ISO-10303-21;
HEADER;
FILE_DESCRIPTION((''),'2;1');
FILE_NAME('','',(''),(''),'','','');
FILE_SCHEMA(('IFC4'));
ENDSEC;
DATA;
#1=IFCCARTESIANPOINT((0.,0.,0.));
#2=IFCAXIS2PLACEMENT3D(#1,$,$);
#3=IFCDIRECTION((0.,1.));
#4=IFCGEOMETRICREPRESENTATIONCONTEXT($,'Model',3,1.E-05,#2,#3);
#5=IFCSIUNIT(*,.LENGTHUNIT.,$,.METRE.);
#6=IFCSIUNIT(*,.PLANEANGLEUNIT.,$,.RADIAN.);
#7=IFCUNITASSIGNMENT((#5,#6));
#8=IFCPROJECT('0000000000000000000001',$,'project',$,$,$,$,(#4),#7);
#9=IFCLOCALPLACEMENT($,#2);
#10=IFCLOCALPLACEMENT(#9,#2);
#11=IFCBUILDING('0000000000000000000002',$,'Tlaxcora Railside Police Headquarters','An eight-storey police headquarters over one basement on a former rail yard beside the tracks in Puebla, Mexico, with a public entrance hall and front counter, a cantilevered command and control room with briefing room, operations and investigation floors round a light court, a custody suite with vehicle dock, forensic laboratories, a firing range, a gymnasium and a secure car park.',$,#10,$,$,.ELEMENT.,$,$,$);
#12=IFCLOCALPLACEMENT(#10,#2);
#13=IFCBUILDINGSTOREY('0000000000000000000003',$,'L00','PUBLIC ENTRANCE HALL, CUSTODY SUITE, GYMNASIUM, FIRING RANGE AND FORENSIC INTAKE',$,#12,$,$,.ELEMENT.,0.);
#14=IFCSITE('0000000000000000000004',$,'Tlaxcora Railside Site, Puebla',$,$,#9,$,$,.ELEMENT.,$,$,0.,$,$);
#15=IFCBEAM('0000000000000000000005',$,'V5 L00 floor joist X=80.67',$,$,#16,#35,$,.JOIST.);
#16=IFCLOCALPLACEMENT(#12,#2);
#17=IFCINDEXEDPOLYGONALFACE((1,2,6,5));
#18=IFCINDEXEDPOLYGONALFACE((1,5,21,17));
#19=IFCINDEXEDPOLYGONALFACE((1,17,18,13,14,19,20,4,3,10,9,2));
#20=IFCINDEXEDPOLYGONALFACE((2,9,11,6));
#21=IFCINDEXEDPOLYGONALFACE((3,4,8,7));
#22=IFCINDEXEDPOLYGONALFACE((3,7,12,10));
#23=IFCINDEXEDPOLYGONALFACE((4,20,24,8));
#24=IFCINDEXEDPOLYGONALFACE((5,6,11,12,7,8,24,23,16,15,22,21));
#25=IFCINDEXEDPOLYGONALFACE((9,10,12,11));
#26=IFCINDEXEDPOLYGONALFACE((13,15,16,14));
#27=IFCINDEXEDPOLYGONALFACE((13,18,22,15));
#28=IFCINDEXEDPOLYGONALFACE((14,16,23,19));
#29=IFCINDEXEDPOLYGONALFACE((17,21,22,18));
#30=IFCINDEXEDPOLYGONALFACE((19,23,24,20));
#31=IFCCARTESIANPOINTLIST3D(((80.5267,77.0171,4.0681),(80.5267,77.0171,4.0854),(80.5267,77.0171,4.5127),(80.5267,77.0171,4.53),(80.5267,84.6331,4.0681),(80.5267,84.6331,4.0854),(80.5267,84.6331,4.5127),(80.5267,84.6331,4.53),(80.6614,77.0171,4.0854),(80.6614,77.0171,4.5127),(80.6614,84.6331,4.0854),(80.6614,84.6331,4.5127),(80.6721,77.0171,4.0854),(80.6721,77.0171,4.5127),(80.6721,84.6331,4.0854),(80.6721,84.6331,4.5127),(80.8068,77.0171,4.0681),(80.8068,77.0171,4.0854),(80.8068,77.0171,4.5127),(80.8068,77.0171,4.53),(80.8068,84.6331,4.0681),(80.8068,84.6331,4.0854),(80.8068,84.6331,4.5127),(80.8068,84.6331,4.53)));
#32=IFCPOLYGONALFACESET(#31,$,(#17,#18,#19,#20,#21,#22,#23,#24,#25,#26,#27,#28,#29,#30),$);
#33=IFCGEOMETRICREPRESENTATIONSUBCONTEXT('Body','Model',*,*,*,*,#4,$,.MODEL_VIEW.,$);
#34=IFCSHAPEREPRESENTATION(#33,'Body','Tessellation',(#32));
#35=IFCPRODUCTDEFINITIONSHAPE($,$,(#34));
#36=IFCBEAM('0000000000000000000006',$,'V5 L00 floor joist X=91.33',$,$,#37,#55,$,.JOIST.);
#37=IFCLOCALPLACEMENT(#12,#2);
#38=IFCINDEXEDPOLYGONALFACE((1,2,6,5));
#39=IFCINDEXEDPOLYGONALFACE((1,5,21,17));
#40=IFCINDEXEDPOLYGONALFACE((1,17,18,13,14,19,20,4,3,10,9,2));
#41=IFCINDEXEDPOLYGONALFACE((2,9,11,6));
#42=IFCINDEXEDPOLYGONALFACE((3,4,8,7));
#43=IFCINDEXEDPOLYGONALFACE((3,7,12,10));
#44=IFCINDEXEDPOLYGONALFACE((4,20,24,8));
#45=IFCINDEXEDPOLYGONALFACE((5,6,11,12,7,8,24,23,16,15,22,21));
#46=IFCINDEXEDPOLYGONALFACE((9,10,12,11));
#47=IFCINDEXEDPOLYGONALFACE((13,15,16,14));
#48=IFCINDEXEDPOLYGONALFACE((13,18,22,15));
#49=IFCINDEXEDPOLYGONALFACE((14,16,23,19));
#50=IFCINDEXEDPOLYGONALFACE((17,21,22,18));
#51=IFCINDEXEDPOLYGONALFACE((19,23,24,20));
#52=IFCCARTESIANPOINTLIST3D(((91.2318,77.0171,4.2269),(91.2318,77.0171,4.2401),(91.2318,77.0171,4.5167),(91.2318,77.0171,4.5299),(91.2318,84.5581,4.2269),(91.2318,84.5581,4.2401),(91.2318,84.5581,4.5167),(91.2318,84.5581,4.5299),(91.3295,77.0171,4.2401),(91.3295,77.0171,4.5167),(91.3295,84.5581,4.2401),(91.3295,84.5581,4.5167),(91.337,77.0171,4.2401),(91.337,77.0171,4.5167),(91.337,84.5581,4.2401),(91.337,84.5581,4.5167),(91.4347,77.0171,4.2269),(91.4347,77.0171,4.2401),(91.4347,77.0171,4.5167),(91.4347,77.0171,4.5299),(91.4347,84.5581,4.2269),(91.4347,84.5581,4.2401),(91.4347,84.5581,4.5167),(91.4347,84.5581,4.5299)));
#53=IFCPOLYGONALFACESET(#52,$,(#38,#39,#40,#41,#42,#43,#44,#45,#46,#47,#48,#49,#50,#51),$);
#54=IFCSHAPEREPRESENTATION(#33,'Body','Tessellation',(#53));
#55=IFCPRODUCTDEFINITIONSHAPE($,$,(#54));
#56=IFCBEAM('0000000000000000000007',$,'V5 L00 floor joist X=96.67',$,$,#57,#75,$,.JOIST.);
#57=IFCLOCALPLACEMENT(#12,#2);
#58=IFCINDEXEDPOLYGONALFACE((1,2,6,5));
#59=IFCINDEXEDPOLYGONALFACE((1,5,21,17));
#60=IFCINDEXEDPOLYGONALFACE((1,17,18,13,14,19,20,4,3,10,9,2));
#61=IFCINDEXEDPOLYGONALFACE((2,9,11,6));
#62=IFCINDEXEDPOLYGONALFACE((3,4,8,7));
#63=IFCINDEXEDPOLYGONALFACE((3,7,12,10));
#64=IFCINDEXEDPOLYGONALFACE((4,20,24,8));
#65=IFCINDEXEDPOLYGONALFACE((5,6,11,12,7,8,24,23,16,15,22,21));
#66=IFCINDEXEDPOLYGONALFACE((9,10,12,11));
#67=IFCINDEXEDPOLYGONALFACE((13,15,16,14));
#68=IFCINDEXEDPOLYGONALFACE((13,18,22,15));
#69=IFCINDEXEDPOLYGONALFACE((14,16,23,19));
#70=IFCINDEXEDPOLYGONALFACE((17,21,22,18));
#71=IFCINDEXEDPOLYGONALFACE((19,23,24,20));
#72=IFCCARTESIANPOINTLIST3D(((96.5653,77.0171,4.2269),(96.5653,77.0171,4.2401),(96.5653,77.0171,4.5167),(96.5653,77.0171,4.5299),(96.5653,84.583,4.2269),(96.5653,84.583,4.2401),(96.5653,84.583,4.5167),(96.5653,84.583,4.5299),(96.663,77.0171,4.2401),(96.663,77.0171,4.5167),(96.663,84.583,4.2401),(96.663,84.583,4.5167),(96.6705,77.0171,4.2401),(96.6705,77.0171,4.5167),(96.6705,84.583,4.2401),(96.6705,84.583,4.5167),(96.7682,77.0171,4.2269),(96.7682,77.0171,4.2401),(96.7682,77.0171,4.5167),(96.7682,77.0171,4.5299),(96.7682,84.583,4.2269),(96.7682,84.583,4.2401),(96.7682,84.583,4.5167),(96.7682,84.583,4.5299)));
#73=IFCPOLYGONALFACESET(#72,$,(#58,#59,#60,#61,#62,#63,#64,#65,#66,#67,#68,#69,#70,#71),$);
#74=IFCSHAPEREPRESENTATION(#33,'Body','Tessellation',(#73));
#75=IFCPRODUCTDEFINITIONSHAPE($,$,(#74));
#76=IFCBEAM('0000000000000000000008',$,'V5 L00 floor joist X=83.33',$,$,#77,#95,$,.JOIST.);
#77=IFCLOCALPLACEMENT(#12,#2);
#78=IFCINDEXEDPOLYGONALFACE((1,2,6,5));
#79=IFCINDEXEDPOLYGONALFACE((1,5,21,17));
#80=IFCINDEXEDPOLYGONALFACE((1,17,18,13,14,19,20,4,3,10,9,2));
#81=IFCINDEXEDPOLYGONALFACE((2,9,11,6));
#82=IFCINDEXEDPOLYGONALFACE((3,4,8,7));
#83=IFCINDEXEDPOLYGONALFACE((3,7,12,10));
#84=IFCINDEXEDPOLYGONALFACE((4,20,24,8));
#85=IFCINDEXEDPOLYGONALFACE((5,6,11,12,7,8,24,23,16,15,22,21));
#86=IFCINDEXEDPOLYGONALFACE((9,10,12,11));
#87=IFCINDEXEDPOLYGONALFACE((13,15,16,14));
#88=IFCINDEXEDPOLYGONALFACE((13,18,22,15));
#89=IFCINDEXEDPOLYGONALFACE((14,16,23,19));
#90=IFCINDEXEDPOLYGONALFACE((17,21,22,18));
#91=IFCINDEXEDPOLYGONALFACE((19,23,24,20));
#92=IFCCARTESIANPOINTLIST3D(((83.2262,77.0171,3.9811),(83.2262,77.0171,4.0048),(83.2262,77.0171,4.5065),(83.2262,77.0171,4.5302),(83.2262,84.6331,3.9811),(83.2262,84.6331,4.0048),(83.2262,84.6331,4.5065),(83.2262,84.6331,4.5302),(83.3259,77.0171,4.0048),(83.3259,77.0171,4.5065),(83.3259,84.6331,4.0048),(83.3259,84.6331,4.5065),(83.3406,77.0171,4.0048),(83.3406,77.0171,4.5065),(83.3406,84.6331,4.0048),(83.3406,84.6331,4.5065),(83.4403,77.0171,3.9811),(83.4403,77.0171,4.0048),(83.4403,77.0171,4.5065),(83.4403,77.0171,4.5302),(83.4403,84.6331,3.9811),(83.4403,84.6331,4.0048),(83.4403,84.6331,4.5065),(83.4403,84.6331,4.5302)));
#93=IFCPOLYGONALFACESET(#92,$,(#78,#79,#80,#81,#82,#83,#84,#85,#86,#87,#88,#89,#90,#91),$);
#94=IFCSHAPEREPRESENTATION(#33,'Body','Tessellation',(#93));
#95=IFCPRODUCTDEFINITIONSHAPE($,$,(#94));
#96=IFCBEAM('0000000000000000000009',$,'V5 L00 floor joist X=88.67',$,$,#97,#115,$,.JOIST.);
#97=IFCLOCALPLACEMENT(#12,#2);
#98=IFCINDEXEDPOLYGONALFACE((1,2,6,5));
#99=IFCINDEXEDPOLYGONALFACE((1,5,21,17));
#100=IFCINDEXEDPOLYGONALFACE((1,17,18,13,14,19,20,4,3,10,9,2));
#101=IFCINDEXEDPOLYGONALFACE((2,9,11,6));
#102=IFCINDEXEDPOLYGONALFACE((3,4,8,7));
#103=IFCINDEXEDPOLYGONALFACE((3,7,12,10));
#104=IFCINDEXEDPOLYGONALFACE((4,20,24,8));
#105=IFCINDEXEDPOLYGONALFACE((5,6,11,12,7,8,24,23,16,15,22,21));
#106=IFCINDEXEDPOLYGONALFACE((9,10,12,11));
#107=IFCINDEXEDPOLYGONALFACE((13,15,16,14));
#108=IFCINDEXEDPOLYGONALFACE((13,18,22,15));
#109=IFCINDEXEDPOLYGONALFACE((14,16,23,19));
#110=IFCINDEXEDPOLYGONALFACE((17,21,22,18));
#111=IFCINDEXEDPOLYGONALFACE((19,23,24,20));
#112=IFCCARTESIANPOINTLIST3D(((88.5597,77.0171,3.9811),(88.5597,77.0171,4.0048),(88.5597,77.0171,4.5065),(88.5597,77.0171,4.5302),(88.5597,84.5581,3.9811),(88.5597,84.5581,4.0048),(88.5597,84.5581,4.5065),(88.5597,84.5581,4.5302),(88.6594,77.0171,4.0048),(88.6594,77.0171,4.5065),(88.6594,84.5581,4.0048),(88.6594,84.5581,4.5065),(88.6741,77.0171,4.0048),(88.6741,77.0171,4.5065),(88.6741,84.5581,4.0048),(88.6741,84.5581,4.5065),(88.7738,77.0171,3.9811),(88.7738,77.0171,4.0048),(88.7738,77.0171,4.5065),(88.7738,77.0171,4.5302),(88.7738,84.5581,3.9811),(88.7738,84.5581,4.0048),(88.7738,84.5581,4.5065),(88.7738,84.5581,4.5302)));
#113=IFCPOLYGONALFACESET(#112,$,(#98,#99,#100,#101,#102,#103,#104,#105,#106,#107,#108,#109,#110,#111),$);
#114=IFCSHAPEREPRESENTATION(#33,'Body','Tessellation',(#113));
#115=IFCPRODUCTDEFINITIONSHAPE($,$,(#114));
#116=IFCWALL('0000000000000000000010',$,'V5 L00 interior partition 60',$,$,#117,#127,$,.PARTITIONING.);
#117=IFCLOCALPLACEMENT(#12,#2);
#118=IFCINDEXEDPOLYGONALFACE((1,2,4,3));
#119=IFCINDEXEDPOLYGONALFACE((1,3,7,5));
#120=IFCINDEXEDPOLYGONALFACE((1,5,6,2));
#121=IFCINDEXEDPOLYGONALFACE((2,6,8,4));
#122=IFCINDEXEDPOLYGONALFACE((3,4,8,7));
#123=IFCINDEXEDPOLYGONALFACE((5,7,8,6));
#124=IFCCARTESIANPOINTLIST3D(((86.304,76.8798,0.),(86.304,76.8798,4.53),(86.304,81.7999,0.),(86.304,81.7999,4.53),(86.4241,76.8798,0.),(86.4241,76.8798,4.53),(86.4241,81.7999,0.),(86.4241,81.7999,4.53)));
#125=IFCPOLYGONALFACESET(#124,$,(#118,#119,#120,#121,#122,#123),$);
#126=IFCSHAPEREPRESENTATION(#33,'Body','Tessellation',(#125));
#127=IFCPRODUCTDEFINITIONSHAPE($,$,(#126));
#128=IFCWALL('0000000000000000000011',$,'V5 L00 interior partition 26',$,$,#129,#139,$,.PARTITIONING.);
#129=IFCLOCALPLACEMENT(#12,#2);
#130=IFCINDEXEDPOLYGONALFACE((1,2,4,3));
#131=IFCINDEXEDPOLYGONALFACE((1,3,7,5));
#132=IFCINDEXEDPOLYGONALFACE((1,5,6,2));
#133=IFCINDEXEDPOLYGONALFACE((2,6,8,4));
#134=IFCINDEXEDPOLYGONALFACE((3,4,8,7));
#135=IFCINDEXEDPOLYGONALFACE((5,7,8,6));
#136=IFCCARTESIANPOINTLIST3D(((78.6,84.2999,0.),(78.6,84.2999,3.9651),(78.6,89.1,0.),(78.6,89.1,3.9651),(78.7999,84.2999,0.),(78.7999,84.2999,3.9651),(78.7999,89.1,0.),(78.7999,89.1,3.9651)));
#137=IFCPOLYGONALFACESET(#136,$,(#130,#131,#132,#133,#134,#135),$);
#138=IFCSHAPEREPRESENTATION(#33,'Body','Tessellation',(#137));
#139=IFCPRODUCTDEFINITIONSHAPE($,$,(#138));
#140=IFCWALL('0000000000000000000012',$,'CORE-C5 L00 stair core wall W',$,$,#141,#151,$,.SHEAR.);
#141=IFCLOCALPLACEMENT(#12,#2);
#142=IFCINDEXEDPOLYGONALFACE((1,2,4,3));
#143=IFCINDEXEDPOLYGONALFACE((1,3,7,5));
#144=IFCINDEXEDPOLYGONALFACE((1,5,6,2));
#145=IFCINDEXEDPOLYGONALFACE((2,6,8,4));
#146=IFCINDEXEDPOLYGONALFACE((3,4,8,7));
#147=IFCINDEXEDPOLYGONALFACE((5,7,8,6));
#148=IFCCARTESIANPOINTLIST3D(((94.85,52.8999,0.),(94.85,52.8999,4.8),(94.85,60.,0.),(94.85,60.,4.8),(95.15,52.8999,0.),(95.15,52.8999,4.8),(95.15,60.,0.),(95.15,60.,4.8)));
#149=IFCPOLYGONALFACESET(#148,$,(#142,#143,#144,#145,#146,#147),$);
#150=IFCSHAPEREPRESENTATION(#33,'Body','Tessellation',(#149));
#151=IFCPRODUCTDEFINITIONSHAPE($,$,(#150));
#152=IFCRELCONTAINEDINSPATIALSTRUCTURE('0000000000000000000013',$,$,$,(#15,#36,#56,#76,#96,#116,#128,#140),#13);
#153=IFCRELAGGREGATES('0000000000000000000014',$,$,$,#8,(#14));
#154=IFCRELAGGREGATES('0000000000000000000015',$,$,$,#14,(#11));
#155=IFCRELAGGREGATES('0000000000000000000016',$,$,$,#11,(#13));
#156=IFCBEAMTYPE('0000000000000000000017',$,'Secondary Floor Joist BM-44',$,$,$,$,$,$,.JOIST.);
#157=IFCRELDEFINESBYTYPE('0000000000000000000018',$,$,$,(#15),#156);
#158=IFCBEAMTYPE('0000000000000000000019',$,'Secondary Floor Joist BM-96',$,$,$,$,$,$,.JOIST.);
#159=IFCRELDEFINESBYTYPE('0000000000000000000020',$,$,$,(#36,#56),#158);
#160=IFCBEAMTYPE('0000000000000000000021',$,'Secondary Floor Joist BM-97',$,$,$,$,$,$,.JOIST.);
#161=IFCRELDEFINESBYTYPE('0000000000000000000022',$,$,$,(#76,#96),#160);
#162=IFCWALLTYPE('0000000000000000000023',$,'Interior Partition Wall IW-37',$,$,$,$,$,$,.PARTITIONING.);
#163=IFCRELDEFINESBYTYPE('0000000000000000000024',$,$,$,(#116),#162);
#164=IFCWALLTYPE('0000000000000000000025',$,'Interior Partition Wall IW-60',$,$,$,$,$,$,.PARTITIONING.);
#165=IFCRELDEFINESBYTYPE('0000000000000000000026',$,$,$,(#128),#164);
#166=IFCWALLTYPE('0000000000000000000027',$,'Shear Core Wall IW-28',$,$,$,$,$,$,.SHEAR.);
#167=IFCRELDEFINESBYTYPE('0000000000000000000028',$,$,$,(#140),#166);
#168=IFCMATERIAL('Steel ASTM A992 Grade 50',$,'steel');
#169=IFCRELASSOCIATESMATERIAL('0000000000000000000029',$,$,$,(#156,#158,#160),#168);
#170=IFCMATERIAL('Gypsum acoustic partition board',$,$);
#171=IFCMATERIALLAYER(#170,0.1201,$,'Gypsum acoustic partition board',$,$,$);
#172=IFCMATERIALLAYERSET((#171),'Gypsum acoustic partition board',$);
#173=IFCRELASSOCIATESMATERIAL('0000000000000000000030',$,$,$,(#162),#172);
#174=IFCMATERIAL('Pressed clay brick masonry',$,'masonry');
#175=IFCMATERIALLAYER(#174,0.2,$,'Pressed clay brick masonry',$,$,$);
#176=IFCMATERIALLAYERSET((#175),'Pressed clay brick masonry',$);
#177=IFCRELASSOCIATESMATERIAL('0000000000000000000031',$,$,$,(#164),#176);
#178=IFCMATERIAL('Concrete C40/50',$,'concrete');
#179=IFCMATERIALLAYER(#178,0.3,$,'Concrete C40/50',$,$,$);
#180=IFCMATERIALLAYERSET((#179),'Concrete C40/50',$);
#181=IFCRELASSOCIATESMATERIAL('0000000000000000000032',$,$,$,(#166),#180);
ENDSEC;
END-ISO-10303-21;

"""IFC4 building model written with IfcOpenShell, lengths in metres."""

from ifc_helpers import new_model, si_unit, direction, frame, frame_2d, origin, origin_2d, place, context, subcontext, project, spatial, rectangle, i_section, extrude, material, layer, layer_set, material_profile, profile_set, type_object, element, save


model = new_model("IFC4")

# Units and contexts
model_context = context("Model", 3, precision=1e-05, world=origin(), true_north=direction((0.0, 1.0)))
body_context = subcontext(model_context, "Body", "Model", "MODEL_VIEW")
ifc_project = project(units=[si_unit("LENGTHUNIT", "METRE"), si_unit("PLANEANGLEUNIT", "RADIAN")], contexts=[model_context])

# Site, building, storey
site_placement = place(None, origin())
site = spatial("IfcSite", under=ifc_project, at=site_placement, Name="Tlaxcora Railside Site, Puebla", CompositionType="ELEMENT", RefElevation=0.0)
building_placement = place(site_placement, origin())
building = spatial("IfcBuilding", under=site, at=building_placement, Name="Tlaxcora Railside Police Headquarters", Description="An eight-storey police headquarters over one basement on a former rail yard beside the tracks in Puebla, Mexico, with a public entrance hall and front counter, a cantilevered command and control room with briefing room, operations and investigation floors round a light court, a custody suite with vehicle dock, forensic laboratories, a firing range, a gymnasium and a secure car park.", CompositionType="ELEMENT")
storey_placement = place(building_placement, origin())
storey = spatial("IfcBuildingStorey", under=building, at=storey_placement, Name="L00", Description="PUBLIC ENTRANCE HALL, CUSTODY SUITE, GYMNASIUM, FIRING RANGE AND FORENSIC INTAKE", CompositionType="ELEMENT", Elevation=0.0)

# Shared definitions
ifc_material_1 = material(Name="Concrete C40/50", Category="concrete")

# Beams
ifc_material_2 = material(Name="Steel ASTM A992 Grade 50", Category="steel")
ifc_material_profile_1 = material_profile(ifc_material_2, i_section(OverallWidth=0.28, OverallDepth=0.4619, WebThickness=0.0107, FlangeThickness=0.0173, at=origin_2d()), Name="W18X76")
ifc_profile_set_1 = profile_set([ifc_material_profile_1], Name="Steel ASTM A992 Grade 50")
beam_type_1 = type_object("IfcBeamType", Name="Secondary Floor Joist BM-44", PredefinedType="JOIST", material=ifc_profile_set_1)
beam_1_placement = place(storey_placement, frame((80.6667, 77.0171, 4.2991), z_axis=(0.0, 1.0, 0.0), x_axis=(-1.0, 0.0, 0.0)))
element("IfcBeam", 1, at=beam_1_placement, inside=storey, type_object=beam_type_1, Name="V5 L00 floor joist X=80.67", PredefinedType="JOIST", context=body_context, shape_type="SweptSolid", body=[
    extrude(i_section(OverallWidth=0.28, OverallDepth=0.4619, WebThickness=0.0107, FlangeThickness=0.0173, at=origin_2d()), origin(), (0.0, 0.0, 1.0), 7.616),
])
ifc_material_profile_2 = material_profile(ifc_material_2, i_section(OverallWidth=0.2029, OverallDepth=0.303, WebThickness=0.0076, FlangeThickness=0.0132, at=origin_2d()), Name="W12X40")
ifc_profile_set_2 = profile_set([ifc_material_profile_2], Name="Steel ASTM A992 Grade 50")
beam_type_2 = type_object("IfcBeamType", Name="Secondary Floor Joist BM-96", PredefinedType="JOIST", material=ifc_profile_set_2)
beam_2_placement = place(storey_placement, frame((91.3333, 77.0171, 4.3784), z_axis=(0.0, 1.0, 0.0), x_axis=(-1.0, 0.0, 0.0)))
element("IfcBeam", 2, at=beam_2_placement, inside=storey, type_object=beam_type_2, Name="V5 L00 floor joist X=91.33", PredefinedType="JOIST", context=body_context, shape_type="SweptSolid", body=[
    extrude(i_section(OverallWidth=0.2029, OverallDepth=0.303, WebThickness=0.0076, FlangeThickness=0.0132, at=origin_2d()), origin(), (0.0, 0.0, 1.0), 7.541),
])
beam_3_placement = place(storey_placement, frame((96.6667, 77.0171, 4.3784), z_axis=(0.0, 1.0, 0.0), x_axis=(-1.0, 0.0, 0.0)))
element("IfcBeam", 3, at=beam_3_placement, inside=storey, type_object=beam_type_2, Name="V5 L00 floor joist X=96.67", PredefinedType="JOIST", context=body_context, shape_type="SweptSolid", body=[
    extrude(i_section(OverallWidth=0.2029, OverallDepth=0.303, WebThickness=0.0076, FlangeThickness=0.0132, at=origin_2d()), origin(), (0.0, 0.0, 1.0), 7.5659),
])
ifc_material_profile_3 = material_profile(ifc_material_2, i_section(OverallWidth=0.2141, OverallDepth=0.5491, WebThickness=0.0146, FlangeThickness=0.0237, at=origin_2d()), Name="W21X93")
ifc_profile_set_3 = profile_set([ifc_material_profile_3], Name="Steel ASTM A992 Grade 50")
beam_type_3 = type_object("IfcBeamType", Name="Secondary Floor Joist BM-97", PredefinedType="JOIST", material=ifc_profile_set_3)
beam_4_placement = place(storey_placement, frame((83.3333, 77.0171, 4.2556), z_axis=(0.0, 1.0, 0.0), x_axis=(-1.0, 0.0, 0.0)))
element("IfcBeam", 4, at=beam_4_placement, inside=storey, type_object=beam_type_3, Name="V5 L00 floor joist X=83.33", PredefinedType="JOIST", context=body_context, shape_type="SweptSolid", body=[
    extrude(i_section(OverallWidth=0.2141, OverallDepth=0.5491, WebThickness=0.0146, FlangeThickness=0.0237, at=origin_2d()), origin(), (0.0, 0.0, 1.0), 7.616),
])
beam_5_placement = place(storey_placement, frame((88.6667, 77.0171, 4.2556), z_axis=(0.0, 1.0, 0.0), x_axis=(-1.0, 0.0, 0.0)))
element("IfcBeam", 5, at=beam_5_placement, inside=storey, type_object=beam_type_3, Name="V5 L00 floor joist X=88.67", PredefinedType="JOIST", context=body_context, shape_type="SweptSolid", body=[
    extrude(i_section(OverallWidth=0.2141, OverallDepth=0.5491, WebThickness=0.0146, FlangeThickness=0.0237, at=origin_2d()), origin(), (0.0, 0.0, 1.0), 7.541),
])

# Walls
ifc_material_3 = material(Name="Gypsum acoustic partition board")
ifc_layer_1 = layer(ifc_material_3, 0.1201, Name="Gypsum acoustic partition board")
ifc_layer_set_1 = layer_set([ifc_layer_1], Name="Gypsum acoustic partition board")
wall_type_1 = type_object("IfcWallType", Name="Interior Partition Wall IW-37", PredefinedType="PARTITIONING", material=ifc_layer_set_1)
wall_1_placement = place(storey_placement, frame((86.364, 76.8799, 0.0), z_axis=(0.0, 0.0, 1.0), x_axis=(0.0, 1.0, 0.0)))
element("IfcWall", 6, at=wall_1_placement, inside=storey, type_object=wall_type_1, Name="V5 L00 interior partition 60", PredefinedType="PARTITIONING", context=body_context, shape_type="SweptSolid", body=[
    extrude(rectangle(XDim=4.9202, YDim=0.1201, at=frame_2d((2.46, 0.0))), origin(), (0.0, 0.0, 1.0), 4.53),
])
ifc_material_4 = material(Name="Pressed clay brick masonry", Category="masonry")
ifc_layer_2 = layer(ifc_material_4, 0.2, Name="Pressed clay brick masonry")
ifc_layer_set_2 = layer_set([ifc_layer_2], Name="Pressed clay brick masonry")
wall_type_2 = type_object("IfcWallType", Name="Interior Partition Wall IW-60", PredefinedType="PARTITIONING", material=ifc_layer_set_2)
wall_2_placement = place(storey_placement, frame((78.7, 84.3, 0.0), z_axis=(0.0, 0.0, 1.0), x_axis=(0.0, 1.0, 0.0)))
element("IfcWall", 7, at=wall_2_placement, inside=storey, type_object=wall_type_2, Name="V5 L00 interior partition 26", PredefinedType="PARTITIONING", context=body_context, shape_type="SweptSolid", body=[
    extrude(rectangle(XDim=4.8, YDim=0.2, at=frame_2d((2.3999, 0.0))), origin(), (0.0, 0.0, 1.0), 3.9651),
])
ifc_layer_3 = layer(ifc_material_1, 0.3, Name="Concrete C40/50")
ifc_layer_set_3 = layer_set([ifc_layer_3], Name="Concrete C40/50")
wall_type_3 = type_object("IfcWallType", Name="Shear Core Wall IW-28", PredefinedType="SHEAR", material=ifc_layer_set_3)
wall_3_placement = place(storey_placement, frame((95.0, 60.0, 0.0), z_axis=(0.0, 0.0, 1.0), x_axis=(0.0, -1.0, 0.0)))
element("IfcWall", 8, at=wall_3_placement, inside=storey, type_object=wall_type_3, Name="CORE-C5 L00 stair core wall W", PredefinedType="SHEAR", context=body_context, shape_type="SweptSolid", body=[
    extrude(rectangle(XDim=7.1001, YDim=0.3, at=frame_2d((3.55, 0.0))), origin(), (0.0, 0.0, 1.0), 4.8),
])

save(model, "model.ifc")
